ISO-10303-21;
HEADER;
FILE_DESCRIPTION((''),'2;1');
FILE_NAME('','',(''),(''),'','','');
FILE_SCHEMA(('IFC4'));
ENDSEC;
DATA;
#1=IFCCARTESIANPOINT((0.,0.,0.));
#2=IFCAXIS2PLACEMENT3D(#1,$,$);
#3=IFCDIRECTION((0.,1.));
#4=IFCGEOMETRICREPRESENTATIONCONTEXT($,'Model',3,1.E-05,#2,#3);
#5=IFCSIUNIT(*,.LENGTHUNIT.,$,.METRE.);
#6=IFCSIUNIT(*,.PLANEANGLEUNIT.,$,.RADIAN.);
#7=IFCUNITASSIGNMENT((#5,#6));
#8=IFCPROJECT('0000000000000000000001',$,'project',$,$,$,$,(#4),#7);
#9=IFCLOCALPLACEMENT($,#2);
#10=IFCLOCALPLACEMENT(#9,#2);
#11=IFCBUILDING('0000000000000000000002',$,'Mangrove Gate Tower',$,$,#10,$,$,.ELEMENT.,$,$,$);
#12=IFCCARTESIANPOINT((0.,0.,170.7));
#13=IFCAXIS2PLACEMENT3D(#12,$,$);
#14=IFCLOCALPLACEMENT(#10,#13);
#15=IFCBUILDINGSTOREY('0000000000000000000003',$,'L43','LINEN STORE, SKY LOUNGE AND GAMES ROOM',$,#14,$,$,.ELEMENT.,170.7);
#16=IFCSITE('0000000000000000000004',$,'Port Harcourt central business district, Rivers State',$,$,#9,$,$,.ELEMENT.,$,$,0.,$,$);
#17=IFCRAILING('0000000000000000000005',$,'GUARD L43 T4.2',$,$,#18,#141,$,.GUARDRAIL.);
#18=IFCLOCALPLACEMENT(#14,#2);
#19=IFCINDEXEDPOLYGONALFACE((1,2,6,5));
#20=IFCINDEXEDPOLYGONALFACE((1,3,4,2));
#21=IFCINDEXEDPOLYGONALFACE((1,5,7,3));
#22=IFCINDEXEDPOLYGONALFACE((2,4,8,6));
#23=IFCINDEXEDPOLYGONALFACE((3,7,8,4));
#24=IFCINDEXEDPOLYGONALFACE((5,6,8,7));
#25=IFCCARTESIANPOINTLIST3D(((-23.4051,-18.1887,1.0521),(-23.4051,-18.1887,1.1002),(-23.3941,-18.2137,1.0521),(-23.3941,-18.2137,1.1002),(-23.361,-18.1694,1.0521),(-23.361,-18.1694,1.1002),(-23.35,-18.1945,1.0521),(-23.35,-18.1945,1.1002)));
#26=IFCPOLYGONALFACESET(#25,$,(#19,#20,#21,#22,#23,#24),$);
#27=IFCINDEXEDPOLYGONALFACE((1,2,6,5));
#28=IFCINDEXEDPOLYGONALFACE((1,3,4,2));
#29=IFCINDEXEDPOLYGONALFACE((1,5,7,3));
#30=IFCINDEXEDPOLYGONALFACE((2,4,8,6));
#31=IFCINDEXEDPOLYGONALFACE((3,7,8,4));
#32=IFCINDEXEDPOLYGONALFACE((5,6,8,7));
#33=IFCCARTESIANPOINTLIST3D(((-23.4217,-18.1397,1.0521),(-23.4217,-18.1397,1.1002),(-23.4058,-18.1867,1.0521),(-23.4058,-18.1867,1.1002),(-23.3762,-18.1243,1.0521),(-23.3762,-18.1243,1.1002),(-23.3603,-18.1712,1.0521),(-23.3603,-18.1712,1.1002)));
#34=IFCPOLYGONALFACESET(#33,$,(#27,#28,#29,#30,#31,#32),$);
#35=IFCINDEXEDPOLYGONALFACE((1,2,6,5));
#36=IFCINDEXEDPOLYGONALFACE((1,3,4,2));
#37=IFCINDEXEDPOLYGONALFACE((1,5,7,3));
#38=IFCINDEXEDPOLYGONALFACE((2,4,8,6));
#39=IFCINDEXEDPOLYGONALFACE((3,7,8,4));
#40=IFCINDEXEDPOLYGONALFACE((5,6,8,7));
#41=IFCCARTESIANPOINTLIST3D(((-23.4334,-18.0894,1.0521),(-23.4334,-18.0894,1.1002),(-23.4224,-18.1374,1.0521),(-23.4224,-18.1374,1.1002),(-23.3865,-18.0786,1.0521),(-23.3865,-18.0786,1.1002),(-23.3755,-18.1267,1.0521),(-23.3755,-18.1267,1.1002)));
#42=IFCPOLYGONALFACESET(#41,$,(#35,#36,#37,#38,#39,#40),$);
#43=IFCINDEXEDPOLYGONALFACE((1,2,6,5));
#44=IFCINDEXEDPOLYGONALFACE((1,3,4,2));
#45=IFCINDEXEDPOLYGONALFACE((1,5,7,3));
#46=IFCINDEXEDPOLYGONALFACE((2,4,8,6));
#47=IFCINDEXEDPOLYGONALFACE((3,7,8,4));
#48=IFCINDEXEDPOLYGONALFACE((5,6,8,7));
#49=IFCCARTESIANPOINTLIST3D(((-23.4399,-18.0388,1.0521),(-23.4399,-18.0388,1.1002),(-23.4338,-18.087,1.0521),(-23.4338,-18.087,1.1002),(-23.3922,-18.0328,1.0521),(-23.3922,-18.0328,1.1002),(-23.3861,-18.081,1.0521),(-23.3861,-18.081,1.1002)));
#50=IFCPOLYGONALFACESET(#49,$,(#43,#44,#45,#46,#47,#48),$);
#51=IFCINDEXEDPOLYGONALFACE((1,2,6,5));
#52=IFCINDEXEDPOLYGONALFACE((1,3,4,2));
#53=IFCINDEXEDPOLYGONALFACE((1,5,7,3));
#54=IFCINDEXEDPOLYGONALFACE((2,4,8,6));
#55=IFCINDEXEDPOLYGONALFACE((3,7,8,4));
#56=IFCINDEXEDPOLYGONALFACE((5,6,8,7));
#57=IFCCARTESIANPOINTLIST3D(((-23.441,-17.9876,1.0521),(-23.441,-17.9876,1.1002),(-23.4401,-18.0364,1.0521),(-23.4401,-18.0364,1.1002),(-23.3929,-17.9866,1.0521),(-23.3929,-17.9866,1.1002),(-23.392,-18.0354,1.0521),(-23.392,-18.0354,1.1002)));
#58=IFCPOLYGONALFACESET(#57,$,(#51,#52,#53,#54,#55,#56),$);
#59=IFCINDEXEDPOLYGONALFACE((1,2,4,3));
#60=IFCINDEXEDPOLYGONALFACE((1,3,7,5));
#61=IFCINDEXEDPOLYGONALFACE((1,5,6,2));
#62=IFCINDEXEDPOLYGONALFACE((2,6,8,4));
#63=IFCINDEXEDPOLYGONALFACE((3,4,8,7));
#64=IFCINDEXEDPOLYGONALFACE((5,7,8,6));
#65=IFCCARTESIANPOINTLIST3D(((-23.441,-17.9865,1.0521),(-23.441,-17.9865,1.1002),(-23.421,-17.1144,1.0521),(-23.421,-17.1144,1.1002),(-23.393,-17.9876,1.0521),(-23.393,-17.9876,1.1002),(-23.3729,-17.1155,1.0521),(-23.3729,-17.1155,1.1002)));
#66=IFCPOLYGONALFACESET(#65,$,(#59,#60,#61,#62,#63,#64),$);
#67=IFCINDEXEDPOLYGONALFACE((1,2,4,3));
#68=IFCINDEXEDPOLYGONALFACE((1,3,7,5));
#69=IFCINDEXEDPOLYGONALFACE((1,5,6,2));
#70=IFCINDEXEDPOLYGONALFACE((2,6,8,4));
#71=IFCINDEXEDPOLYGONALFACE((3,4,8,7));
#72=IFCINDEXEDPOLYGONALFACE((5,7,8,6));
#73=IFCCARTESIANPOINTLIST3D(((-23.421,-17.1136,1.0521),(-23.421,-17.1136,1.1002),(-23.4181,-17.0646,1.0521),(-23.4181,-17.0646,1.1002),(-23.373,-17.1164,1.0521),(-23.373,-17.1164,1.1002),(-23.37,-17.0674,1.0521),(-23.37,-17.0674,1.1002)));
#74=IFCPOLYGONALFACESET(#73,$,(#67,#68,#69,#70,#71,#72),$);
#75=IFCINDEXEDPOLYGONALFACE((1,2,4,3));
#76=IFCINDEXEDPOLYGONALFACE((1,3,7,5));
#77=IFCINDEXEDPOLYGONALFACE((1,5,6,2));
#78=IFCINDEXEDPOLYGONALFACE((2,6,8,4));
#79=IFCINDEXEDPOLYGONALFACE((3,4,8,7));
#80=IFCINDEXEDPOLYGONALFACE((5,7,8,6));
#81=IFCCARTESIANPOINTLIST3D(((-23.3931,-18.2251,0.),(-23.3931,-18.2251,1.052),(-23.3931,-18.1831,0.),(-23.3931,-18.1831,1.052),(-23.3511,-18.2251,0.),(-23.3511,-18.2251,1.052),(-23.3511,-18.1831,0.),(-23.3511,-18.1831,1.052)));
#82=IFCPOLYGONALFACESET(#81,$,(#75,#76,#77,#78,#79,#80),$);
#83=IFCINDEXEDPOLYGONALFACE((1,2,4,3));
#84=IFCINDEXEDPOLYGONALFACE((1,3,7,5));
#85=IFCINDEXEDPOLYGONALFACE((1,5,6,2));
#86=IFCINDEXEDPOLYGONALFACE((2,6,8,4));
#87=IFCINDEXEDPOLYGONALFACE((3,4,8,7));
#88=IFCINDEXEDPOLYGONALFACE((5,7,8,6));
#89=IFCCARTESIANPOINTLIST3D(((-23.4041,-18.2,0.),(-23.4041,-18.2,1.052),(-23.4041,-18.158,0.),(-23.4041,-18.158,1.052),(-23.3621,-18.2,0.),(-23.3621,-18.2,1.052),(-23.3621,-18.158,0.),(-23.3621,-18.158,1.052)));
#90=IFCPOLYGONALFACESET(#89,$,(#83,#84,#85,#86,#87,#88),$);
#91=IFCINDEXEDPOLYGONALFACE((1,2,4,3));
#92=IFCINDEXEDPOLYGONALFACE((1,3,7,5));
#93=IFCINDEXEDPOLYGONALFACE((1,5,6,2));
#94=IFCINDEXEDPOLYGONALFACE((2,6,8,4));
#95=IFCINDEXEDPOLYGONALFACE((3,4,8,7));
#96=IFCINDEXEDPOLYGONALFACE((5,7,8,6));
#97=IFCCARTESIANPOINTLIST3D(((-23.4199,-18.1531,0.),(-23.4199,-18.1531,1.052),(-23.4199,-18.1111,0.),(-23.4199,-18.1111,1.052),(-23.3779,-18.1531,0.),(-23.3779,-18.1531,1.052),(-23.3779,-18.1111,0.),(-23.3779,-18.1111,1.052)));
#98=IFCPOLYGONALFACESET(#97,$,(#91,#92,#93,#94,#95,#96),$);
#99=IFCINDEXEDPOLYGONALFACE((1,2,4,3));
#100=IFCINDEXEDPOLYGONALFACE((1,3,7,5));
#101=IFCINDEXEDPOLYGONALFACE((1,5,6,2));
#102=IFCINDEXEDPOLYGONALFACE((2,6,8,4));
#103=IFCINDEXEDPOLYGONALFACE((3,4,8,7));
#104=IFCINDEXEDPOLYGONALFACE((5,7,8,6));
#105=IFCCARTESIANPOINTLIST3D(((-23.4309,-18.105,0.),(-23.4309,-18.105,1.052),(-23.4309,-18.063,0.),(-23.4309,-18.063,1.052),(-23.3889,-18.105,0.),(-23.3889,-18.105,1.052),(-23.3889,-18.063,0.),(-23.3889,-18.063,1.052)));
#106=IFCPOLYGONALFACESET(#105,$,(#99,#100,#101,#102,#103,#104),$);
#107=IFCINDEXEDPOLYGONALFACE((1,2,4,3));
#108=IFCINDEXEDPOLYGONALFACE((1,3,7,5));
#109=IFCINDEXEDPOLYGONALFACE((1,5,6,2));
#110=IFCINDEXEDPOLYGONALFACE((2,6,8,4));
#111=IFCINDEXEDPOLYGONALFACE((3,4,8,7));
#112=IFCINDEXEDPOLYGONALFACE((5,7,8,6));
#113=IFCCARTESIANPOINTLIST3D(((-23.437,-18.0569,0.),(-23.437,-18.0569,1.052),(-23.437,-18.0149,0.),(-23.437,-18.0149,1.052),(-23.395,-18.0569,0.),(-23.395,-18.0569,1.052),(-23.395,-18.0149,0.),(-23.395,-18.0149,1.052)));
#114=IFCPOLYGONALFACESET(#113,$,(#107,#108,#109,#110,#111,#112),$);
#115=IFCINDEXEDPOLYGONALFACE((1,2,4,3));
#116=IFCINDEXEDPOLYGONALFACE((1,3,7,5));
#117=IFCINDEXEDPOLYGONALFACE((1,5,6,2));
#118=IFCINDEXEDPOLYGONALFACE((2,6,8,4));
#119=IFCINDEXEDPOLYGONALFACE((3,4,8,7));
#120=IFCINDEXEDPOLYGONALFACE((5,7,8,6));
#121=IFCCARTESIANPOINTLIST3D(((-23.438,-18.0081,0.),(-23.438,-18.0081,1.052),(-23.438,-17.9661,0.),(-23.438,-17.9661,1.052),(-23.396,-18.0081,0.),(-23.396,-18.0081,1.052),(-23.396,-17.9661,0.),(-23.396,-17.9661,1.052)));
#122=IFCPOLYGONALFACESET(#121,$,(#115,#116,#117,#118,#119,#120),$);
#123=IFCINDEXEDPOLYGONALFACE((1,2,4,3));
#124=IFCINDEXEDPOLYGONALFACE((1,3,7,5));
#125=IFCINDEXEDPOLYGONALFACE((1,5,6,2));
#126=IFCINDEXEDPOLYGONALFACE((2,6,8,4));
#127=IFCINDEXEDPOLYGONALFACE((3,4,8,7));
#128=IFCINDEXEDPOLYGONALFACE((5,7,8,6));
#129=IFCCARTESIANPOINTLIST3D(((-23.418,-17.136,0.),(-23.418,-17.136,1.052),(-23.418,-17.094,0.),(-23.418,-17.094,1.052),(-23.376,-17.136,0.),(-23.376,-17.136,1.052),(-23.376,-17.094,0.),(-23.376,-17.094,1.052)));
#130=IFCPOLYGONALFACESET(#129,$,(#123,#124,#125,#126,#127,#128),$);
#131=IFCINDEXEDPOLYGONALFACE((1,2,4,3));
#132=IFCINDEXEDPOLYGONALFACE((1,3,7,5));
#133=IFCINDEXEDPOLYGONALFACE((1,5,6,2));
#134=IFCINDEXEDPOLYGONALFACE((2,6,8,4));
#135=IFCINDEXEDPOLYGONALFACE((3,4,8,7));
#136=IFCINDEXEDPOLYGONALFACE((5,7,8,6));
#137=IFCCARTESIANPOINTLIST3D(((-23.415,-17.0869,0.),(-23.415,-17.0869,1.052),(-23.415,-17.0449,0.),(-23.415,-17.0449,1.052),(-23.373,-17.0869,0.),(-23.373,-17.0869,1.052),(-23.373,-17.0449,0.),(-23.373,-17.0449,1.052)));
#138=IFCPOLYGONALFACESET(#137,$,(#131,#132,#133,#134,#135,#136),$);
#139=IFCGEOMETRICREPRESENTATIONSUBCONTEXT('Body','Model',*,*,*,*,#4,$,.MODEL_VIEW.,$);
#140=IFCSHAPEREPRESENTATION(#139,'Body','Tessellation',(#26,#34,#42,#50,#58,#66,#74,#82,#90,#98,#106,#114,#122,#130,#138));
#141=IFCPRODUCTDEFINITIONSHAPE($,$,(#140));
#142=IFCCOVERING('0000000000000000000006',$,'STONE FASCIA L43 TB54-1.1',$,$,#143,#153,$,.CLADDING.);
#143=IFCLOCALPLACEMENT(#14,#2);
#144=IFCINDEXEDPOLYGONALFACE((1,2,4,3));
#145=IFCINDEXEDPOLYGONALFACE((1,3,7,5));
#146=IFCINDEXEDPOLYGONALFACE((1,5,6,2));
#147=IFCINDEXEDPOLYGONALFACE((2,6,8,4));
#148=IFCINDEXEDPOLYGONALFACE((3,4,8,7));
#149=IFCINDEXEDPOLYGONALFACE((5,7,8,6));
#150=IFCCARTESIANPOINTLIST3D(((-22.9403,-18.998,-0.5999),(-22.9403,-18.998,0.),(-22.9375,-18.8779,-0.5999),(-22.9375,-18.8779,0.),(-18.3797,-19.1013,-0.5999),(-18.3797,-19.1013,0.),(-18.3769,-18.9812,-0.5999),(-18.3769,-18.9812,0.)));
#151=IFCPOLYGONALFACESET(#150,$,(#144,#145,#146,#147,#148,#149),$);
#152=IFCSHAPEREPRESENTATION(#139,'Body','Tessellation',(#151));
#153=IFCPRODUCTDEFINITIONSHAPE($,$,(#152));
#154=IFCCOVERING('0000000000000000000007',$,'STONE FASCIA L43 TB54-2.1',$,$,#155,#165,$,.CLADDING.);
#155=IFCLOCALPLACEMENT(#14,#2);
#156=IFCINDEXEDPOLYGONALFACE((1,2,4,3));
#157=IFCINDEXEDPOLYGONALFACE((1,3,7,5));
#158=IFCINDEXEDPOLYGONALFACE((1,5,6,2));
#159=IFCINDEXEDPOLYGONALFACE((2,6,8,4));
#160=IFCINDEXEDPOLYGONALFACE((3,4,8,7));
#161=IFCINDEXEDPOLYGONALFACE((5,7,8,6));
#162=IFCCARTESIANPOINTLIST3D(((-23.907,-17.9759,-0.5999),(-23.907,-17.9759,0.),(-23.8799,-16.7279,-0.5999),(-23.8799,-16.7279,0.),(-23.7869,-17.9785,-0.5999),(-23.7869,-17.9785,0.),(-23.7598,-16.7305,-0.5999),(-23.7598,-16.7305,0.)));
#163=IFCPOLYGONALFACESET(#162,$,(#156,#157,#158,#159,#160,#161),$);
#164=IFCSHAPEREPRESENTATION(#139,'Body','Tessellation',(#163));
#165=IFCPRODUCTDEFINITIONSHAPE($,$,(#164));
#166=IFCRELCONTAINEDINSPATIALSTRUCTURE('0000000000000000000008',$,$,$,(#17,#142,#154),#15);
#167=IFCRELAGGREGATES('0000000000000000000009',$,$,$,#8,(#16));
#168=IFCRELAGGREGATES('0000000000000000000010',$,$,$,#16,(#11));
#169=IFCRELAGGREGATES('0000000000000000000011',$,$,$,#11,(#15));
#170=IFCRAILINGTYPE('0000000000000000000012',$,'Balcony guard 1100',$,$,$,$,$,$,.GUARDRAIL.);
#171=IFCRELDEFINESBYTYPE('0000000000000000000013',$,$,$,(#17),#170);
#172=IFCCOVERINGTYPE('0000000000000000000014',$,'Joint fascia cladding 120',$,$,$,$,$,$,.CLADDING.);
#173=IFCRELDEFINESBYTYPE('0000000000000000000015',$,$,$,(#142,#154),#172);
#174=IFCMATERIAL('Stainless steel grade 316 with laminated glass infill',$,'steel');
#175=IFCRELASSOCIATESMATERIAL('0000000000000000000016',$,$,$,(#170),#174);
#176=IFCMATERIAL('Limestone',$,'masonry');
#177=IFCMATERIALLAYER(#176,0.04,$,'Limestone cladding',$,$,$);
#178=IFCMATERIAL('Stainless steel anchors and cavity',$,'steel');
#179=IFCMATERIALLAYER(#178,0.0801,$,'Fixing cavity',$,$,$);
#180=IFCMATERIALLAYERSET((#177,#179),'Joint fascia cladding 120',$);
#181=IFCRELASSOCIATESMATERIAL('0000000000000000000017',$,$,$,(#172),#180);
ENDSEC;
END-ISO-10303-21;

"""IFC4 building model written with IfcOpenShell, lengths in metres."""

from ifc_helpers import new_model, si_unit, direction, frame, frame_2d, origin, origin_2d, place, context, subcontext, project, spatial, rectangle, extrude, material, layer, layer_set, type_object, element, save


model = new_model("IFC4")

# Units and contexts
model_context = context("Model", 3, precision=1e-05, world=origin(), true_north=direction((0.0, 1.0)))
body_context = subcontext(model_context, "Body", "Model", "MODEL_VIEW")
ifc_project = project(units=[si_unit("LENGTHUNIT", "METRE"), si_unit("PLANEANGLEUNIT", "RADIAN")], contexts=[model_context])

# Site, building, storey
site_placement = place(None, origin())
site = spatial("IfcSite", under=ifc_project, at=site_placement, Name="Port Harcourt central business district, Rivers State", CompositionType="ELEMENT", RefElevation=0.0)
building_placement = place(site_placement, origin())
building = spatial("IfcBuilding", under=site, at=building_placement, Name="Mangrove Gate Tower", CompositionType="ELEMENT")
storey_placement = place(building_placement, frame((0.0, 0.0, 170.7)))
storey = spatial("IfcBuildingStorey", under=building, at=storey_placement, Name="L43", Description="LINEN STORE, SKY LOUNGE AND GAMES ROOM", CompositionType="ELEMENT", Elevation=170.7)

# Shared definitions
ifc_material_1 = material(Name="Limestone", Category="masonry")

# Railing
ifc_material_2 = material(Name="Stainless steel grade 316 with laminated glass infill", Category="steel")
railing_type = type_object("IfcRailingType", Name="Balcony guard 1100", PredefinedType="GUARDRAIL", material=ifc_material_2)
railing_1_placement = place(storey_placement, frame((-23.3721, -18.2041, 0.0)))
element("IfcRailing", 1, at=railing_1_placement, inside=storey, type_object=railing_type, Name="GUARD L43 T4.2", PredefinedType="GUARDRAIL", context=body_context, shape_type="SweptSolid", body=[
    extrude(rectangle(XDim=0.0481, YDim=0.0481, at=origin_2d()), frame((0.0, 0.0, 1.0762), z_axis=(-0.400352, 0.916361, 0.0), x_axis=(-0.916361, -0.400352, 0.0)), (0.0, 0.0, 1.0), 0.0273),
    extrude(rectangle(XDim=0.0481, YDim=0.0481, at=origin_2d()), frame((-0.011, 0.0251, 1.0762), z_axis=(-0.320664, 0.947193, 0.0), x_axis=(-0.947193, -0.320664, 0.0)), (0.0, 0.0, 1.0), 0.0496),
    extrude(rectangle(XDim=0.0481, YDim=0.0481, at=origin_2d()), frame((-0.0269, 0.072, 1.0762), z_axis=(-0.22269, 0.974889, 0.0), x_axis=(-0.974889, -0.22269, 0.0)), (0.0, 0.0, 1.0), 0.0493),
    extrude(rectangle(XDim=0.0481, YDim=0.0481, at=origin_2d()), frame((-0.0378, 0.1201, 1.0762), z_axis=(-0.125894, 0.992044, 0.0), x_axis=(-0.992044, -0.125894, 0.0)), (0.0, 0.0, 1.0), 0.0486),
    extrude(rectangle(XDim=0.0481, YDim=0.0481, at=origin_2d()), frame((-0.0439, 0.1682, 1.0762), z_axis=(-0.019996, 0.9998, 0.0), x_axis=(-0.9998, -0.019996, 0.0)), (0.0, 0.0, 1.0), 0.0488),
    extrude(rectangle(XDim=0.0481, YDim=0.0481, at=origin_2d()), frame((-0.0449, 0.217, 1.0762), z_axis=(0.02295, 0.999737, 0.0), x_axis=(-0.999737, 0.02295, 0.0)), (0.0, 0.0, 1.0), 0.8723),
    extrude(rectangle(XDim=0.0481, YDim=0.0481, at=origin_2d()), frame((-0.0249, 1.0891, 1.0762), z_axis=(0.059595, 0.998223, 0.0), x_axis=(-0.998223, 0.059595, 0.0)), (0.0, 0.0, 1.0), 0.0491),
    extrude(rectangle(XDim=0.042, YDim=0.042, at=origin_2d()), origin(), (0.0, 0.0, 1.0), 1.052),
    extrude(rectangle(XDim=0.042, YDim=0.042, at=origin_2d()), frame((-0.011, 0.0251, 0.0)), (0.0, 0.0, 1.0), 1.052),
    extrude(rectangle(XDim=0.042, YDim=0.042, at=origin_2d()), frame((-0.0269, 0.072, 0.0)), (0.0, 0.0, 1.0), 1.052),
    extrude(rectangle(XDim=0.042, YDim=0.042, at=origin_2d()), frame((-0.0378, 0.1201, 0.0)), (0.0, 0.0, 1.0), 1.052),
    extrude(rectangle(XDim=0.042, YDim=0.042, at=origin_2d()), frame((-0.0439, 0.1682, 0.0)), (0.0, 0.0, 1.0), 1.052),
    extrude(rectangle(XDim=0.042, YDim=0.042, at=origin_2d()), frame((-0.0449, 0.217, 0.0)), (0.0, 0.0, 1.0), 1.052),
    extrude(rectangle(XDim=0.042, YDim=0.042, at=origin_2d()), frame((-0.0249, 1.0891, 0.0)), (0.0, 0.0, 1.0), 1.052),
    extrude(rectangle(XDim=0.042, YDim=0.042, at=origin_2d()), frame((-0.022, 1.1382, 0.0)), (0.0, 0.0, 1.0), 1.052),
])

# Coverings
ifc_layer_1 = layer(ifc_material_1, 0.04, Name="Limestone cladding")
ifc_material_3 = material(Name="Stainless steel anchors and cavity", Category="steel")
ifc_layer_2 = layer(ifc_material_3, 0.0801, Name="Fixing cavity")
ifc_layer_set_1 = layer_set([ifc_layer_1, ifc_layer_2], Name="Joint fascia cladding 120")
covering_type = type_object("IfcCoveringType", Name="Joint fascia cladding 120", PredefinedType="CLADDING", material=ifc_layer_set_1)
covering_1_placement = place(storey_placement, frame((-18.3784, -19.0413, -0.5999), z_axis=(0.0, 0.0, 1.0), x_axis=(-0.999744, 0.022639, 0.0)))
element("IfcCovering", 2, at=covering_1_placement, inside=storey, type_object=covering_type, Name="STONE FASCIA L43 TB54-1.1", PredefinedType="CLADDING", context=body_context, shape_type="SweptSolid", body=[
    extrude(rectangle(XDim=4.5618, YDim=0.1201, at=frame_2d((2.2808, 0.0))), origin(), (0.0, 0.0, 1.0), 0.5999),
])
covering_2_placement = place(storey_placement, frame((-23.8469, -17.9771, -0.5999), z_axis=(0.0, 0.0, 1.0), x_axis=(0.021708, 0.999764, 0.0)))
element("IfcCovering", 3, at=covering_2_placement, inside=storey, type_object=covering_type, Name="STONE FASCIA L43 TB54-2.1", PredefinedType="CLADDING", context=body_context, shape_type="SweptSolid", body=[
    extrude(rectangle(XDim=1.2483, YDim=0.1201, at=frame_2d((0.624, 0.0))), origin(), (0.0, 0.0, 1.0), 0.5999),
])

save(model, "model.ifc")
